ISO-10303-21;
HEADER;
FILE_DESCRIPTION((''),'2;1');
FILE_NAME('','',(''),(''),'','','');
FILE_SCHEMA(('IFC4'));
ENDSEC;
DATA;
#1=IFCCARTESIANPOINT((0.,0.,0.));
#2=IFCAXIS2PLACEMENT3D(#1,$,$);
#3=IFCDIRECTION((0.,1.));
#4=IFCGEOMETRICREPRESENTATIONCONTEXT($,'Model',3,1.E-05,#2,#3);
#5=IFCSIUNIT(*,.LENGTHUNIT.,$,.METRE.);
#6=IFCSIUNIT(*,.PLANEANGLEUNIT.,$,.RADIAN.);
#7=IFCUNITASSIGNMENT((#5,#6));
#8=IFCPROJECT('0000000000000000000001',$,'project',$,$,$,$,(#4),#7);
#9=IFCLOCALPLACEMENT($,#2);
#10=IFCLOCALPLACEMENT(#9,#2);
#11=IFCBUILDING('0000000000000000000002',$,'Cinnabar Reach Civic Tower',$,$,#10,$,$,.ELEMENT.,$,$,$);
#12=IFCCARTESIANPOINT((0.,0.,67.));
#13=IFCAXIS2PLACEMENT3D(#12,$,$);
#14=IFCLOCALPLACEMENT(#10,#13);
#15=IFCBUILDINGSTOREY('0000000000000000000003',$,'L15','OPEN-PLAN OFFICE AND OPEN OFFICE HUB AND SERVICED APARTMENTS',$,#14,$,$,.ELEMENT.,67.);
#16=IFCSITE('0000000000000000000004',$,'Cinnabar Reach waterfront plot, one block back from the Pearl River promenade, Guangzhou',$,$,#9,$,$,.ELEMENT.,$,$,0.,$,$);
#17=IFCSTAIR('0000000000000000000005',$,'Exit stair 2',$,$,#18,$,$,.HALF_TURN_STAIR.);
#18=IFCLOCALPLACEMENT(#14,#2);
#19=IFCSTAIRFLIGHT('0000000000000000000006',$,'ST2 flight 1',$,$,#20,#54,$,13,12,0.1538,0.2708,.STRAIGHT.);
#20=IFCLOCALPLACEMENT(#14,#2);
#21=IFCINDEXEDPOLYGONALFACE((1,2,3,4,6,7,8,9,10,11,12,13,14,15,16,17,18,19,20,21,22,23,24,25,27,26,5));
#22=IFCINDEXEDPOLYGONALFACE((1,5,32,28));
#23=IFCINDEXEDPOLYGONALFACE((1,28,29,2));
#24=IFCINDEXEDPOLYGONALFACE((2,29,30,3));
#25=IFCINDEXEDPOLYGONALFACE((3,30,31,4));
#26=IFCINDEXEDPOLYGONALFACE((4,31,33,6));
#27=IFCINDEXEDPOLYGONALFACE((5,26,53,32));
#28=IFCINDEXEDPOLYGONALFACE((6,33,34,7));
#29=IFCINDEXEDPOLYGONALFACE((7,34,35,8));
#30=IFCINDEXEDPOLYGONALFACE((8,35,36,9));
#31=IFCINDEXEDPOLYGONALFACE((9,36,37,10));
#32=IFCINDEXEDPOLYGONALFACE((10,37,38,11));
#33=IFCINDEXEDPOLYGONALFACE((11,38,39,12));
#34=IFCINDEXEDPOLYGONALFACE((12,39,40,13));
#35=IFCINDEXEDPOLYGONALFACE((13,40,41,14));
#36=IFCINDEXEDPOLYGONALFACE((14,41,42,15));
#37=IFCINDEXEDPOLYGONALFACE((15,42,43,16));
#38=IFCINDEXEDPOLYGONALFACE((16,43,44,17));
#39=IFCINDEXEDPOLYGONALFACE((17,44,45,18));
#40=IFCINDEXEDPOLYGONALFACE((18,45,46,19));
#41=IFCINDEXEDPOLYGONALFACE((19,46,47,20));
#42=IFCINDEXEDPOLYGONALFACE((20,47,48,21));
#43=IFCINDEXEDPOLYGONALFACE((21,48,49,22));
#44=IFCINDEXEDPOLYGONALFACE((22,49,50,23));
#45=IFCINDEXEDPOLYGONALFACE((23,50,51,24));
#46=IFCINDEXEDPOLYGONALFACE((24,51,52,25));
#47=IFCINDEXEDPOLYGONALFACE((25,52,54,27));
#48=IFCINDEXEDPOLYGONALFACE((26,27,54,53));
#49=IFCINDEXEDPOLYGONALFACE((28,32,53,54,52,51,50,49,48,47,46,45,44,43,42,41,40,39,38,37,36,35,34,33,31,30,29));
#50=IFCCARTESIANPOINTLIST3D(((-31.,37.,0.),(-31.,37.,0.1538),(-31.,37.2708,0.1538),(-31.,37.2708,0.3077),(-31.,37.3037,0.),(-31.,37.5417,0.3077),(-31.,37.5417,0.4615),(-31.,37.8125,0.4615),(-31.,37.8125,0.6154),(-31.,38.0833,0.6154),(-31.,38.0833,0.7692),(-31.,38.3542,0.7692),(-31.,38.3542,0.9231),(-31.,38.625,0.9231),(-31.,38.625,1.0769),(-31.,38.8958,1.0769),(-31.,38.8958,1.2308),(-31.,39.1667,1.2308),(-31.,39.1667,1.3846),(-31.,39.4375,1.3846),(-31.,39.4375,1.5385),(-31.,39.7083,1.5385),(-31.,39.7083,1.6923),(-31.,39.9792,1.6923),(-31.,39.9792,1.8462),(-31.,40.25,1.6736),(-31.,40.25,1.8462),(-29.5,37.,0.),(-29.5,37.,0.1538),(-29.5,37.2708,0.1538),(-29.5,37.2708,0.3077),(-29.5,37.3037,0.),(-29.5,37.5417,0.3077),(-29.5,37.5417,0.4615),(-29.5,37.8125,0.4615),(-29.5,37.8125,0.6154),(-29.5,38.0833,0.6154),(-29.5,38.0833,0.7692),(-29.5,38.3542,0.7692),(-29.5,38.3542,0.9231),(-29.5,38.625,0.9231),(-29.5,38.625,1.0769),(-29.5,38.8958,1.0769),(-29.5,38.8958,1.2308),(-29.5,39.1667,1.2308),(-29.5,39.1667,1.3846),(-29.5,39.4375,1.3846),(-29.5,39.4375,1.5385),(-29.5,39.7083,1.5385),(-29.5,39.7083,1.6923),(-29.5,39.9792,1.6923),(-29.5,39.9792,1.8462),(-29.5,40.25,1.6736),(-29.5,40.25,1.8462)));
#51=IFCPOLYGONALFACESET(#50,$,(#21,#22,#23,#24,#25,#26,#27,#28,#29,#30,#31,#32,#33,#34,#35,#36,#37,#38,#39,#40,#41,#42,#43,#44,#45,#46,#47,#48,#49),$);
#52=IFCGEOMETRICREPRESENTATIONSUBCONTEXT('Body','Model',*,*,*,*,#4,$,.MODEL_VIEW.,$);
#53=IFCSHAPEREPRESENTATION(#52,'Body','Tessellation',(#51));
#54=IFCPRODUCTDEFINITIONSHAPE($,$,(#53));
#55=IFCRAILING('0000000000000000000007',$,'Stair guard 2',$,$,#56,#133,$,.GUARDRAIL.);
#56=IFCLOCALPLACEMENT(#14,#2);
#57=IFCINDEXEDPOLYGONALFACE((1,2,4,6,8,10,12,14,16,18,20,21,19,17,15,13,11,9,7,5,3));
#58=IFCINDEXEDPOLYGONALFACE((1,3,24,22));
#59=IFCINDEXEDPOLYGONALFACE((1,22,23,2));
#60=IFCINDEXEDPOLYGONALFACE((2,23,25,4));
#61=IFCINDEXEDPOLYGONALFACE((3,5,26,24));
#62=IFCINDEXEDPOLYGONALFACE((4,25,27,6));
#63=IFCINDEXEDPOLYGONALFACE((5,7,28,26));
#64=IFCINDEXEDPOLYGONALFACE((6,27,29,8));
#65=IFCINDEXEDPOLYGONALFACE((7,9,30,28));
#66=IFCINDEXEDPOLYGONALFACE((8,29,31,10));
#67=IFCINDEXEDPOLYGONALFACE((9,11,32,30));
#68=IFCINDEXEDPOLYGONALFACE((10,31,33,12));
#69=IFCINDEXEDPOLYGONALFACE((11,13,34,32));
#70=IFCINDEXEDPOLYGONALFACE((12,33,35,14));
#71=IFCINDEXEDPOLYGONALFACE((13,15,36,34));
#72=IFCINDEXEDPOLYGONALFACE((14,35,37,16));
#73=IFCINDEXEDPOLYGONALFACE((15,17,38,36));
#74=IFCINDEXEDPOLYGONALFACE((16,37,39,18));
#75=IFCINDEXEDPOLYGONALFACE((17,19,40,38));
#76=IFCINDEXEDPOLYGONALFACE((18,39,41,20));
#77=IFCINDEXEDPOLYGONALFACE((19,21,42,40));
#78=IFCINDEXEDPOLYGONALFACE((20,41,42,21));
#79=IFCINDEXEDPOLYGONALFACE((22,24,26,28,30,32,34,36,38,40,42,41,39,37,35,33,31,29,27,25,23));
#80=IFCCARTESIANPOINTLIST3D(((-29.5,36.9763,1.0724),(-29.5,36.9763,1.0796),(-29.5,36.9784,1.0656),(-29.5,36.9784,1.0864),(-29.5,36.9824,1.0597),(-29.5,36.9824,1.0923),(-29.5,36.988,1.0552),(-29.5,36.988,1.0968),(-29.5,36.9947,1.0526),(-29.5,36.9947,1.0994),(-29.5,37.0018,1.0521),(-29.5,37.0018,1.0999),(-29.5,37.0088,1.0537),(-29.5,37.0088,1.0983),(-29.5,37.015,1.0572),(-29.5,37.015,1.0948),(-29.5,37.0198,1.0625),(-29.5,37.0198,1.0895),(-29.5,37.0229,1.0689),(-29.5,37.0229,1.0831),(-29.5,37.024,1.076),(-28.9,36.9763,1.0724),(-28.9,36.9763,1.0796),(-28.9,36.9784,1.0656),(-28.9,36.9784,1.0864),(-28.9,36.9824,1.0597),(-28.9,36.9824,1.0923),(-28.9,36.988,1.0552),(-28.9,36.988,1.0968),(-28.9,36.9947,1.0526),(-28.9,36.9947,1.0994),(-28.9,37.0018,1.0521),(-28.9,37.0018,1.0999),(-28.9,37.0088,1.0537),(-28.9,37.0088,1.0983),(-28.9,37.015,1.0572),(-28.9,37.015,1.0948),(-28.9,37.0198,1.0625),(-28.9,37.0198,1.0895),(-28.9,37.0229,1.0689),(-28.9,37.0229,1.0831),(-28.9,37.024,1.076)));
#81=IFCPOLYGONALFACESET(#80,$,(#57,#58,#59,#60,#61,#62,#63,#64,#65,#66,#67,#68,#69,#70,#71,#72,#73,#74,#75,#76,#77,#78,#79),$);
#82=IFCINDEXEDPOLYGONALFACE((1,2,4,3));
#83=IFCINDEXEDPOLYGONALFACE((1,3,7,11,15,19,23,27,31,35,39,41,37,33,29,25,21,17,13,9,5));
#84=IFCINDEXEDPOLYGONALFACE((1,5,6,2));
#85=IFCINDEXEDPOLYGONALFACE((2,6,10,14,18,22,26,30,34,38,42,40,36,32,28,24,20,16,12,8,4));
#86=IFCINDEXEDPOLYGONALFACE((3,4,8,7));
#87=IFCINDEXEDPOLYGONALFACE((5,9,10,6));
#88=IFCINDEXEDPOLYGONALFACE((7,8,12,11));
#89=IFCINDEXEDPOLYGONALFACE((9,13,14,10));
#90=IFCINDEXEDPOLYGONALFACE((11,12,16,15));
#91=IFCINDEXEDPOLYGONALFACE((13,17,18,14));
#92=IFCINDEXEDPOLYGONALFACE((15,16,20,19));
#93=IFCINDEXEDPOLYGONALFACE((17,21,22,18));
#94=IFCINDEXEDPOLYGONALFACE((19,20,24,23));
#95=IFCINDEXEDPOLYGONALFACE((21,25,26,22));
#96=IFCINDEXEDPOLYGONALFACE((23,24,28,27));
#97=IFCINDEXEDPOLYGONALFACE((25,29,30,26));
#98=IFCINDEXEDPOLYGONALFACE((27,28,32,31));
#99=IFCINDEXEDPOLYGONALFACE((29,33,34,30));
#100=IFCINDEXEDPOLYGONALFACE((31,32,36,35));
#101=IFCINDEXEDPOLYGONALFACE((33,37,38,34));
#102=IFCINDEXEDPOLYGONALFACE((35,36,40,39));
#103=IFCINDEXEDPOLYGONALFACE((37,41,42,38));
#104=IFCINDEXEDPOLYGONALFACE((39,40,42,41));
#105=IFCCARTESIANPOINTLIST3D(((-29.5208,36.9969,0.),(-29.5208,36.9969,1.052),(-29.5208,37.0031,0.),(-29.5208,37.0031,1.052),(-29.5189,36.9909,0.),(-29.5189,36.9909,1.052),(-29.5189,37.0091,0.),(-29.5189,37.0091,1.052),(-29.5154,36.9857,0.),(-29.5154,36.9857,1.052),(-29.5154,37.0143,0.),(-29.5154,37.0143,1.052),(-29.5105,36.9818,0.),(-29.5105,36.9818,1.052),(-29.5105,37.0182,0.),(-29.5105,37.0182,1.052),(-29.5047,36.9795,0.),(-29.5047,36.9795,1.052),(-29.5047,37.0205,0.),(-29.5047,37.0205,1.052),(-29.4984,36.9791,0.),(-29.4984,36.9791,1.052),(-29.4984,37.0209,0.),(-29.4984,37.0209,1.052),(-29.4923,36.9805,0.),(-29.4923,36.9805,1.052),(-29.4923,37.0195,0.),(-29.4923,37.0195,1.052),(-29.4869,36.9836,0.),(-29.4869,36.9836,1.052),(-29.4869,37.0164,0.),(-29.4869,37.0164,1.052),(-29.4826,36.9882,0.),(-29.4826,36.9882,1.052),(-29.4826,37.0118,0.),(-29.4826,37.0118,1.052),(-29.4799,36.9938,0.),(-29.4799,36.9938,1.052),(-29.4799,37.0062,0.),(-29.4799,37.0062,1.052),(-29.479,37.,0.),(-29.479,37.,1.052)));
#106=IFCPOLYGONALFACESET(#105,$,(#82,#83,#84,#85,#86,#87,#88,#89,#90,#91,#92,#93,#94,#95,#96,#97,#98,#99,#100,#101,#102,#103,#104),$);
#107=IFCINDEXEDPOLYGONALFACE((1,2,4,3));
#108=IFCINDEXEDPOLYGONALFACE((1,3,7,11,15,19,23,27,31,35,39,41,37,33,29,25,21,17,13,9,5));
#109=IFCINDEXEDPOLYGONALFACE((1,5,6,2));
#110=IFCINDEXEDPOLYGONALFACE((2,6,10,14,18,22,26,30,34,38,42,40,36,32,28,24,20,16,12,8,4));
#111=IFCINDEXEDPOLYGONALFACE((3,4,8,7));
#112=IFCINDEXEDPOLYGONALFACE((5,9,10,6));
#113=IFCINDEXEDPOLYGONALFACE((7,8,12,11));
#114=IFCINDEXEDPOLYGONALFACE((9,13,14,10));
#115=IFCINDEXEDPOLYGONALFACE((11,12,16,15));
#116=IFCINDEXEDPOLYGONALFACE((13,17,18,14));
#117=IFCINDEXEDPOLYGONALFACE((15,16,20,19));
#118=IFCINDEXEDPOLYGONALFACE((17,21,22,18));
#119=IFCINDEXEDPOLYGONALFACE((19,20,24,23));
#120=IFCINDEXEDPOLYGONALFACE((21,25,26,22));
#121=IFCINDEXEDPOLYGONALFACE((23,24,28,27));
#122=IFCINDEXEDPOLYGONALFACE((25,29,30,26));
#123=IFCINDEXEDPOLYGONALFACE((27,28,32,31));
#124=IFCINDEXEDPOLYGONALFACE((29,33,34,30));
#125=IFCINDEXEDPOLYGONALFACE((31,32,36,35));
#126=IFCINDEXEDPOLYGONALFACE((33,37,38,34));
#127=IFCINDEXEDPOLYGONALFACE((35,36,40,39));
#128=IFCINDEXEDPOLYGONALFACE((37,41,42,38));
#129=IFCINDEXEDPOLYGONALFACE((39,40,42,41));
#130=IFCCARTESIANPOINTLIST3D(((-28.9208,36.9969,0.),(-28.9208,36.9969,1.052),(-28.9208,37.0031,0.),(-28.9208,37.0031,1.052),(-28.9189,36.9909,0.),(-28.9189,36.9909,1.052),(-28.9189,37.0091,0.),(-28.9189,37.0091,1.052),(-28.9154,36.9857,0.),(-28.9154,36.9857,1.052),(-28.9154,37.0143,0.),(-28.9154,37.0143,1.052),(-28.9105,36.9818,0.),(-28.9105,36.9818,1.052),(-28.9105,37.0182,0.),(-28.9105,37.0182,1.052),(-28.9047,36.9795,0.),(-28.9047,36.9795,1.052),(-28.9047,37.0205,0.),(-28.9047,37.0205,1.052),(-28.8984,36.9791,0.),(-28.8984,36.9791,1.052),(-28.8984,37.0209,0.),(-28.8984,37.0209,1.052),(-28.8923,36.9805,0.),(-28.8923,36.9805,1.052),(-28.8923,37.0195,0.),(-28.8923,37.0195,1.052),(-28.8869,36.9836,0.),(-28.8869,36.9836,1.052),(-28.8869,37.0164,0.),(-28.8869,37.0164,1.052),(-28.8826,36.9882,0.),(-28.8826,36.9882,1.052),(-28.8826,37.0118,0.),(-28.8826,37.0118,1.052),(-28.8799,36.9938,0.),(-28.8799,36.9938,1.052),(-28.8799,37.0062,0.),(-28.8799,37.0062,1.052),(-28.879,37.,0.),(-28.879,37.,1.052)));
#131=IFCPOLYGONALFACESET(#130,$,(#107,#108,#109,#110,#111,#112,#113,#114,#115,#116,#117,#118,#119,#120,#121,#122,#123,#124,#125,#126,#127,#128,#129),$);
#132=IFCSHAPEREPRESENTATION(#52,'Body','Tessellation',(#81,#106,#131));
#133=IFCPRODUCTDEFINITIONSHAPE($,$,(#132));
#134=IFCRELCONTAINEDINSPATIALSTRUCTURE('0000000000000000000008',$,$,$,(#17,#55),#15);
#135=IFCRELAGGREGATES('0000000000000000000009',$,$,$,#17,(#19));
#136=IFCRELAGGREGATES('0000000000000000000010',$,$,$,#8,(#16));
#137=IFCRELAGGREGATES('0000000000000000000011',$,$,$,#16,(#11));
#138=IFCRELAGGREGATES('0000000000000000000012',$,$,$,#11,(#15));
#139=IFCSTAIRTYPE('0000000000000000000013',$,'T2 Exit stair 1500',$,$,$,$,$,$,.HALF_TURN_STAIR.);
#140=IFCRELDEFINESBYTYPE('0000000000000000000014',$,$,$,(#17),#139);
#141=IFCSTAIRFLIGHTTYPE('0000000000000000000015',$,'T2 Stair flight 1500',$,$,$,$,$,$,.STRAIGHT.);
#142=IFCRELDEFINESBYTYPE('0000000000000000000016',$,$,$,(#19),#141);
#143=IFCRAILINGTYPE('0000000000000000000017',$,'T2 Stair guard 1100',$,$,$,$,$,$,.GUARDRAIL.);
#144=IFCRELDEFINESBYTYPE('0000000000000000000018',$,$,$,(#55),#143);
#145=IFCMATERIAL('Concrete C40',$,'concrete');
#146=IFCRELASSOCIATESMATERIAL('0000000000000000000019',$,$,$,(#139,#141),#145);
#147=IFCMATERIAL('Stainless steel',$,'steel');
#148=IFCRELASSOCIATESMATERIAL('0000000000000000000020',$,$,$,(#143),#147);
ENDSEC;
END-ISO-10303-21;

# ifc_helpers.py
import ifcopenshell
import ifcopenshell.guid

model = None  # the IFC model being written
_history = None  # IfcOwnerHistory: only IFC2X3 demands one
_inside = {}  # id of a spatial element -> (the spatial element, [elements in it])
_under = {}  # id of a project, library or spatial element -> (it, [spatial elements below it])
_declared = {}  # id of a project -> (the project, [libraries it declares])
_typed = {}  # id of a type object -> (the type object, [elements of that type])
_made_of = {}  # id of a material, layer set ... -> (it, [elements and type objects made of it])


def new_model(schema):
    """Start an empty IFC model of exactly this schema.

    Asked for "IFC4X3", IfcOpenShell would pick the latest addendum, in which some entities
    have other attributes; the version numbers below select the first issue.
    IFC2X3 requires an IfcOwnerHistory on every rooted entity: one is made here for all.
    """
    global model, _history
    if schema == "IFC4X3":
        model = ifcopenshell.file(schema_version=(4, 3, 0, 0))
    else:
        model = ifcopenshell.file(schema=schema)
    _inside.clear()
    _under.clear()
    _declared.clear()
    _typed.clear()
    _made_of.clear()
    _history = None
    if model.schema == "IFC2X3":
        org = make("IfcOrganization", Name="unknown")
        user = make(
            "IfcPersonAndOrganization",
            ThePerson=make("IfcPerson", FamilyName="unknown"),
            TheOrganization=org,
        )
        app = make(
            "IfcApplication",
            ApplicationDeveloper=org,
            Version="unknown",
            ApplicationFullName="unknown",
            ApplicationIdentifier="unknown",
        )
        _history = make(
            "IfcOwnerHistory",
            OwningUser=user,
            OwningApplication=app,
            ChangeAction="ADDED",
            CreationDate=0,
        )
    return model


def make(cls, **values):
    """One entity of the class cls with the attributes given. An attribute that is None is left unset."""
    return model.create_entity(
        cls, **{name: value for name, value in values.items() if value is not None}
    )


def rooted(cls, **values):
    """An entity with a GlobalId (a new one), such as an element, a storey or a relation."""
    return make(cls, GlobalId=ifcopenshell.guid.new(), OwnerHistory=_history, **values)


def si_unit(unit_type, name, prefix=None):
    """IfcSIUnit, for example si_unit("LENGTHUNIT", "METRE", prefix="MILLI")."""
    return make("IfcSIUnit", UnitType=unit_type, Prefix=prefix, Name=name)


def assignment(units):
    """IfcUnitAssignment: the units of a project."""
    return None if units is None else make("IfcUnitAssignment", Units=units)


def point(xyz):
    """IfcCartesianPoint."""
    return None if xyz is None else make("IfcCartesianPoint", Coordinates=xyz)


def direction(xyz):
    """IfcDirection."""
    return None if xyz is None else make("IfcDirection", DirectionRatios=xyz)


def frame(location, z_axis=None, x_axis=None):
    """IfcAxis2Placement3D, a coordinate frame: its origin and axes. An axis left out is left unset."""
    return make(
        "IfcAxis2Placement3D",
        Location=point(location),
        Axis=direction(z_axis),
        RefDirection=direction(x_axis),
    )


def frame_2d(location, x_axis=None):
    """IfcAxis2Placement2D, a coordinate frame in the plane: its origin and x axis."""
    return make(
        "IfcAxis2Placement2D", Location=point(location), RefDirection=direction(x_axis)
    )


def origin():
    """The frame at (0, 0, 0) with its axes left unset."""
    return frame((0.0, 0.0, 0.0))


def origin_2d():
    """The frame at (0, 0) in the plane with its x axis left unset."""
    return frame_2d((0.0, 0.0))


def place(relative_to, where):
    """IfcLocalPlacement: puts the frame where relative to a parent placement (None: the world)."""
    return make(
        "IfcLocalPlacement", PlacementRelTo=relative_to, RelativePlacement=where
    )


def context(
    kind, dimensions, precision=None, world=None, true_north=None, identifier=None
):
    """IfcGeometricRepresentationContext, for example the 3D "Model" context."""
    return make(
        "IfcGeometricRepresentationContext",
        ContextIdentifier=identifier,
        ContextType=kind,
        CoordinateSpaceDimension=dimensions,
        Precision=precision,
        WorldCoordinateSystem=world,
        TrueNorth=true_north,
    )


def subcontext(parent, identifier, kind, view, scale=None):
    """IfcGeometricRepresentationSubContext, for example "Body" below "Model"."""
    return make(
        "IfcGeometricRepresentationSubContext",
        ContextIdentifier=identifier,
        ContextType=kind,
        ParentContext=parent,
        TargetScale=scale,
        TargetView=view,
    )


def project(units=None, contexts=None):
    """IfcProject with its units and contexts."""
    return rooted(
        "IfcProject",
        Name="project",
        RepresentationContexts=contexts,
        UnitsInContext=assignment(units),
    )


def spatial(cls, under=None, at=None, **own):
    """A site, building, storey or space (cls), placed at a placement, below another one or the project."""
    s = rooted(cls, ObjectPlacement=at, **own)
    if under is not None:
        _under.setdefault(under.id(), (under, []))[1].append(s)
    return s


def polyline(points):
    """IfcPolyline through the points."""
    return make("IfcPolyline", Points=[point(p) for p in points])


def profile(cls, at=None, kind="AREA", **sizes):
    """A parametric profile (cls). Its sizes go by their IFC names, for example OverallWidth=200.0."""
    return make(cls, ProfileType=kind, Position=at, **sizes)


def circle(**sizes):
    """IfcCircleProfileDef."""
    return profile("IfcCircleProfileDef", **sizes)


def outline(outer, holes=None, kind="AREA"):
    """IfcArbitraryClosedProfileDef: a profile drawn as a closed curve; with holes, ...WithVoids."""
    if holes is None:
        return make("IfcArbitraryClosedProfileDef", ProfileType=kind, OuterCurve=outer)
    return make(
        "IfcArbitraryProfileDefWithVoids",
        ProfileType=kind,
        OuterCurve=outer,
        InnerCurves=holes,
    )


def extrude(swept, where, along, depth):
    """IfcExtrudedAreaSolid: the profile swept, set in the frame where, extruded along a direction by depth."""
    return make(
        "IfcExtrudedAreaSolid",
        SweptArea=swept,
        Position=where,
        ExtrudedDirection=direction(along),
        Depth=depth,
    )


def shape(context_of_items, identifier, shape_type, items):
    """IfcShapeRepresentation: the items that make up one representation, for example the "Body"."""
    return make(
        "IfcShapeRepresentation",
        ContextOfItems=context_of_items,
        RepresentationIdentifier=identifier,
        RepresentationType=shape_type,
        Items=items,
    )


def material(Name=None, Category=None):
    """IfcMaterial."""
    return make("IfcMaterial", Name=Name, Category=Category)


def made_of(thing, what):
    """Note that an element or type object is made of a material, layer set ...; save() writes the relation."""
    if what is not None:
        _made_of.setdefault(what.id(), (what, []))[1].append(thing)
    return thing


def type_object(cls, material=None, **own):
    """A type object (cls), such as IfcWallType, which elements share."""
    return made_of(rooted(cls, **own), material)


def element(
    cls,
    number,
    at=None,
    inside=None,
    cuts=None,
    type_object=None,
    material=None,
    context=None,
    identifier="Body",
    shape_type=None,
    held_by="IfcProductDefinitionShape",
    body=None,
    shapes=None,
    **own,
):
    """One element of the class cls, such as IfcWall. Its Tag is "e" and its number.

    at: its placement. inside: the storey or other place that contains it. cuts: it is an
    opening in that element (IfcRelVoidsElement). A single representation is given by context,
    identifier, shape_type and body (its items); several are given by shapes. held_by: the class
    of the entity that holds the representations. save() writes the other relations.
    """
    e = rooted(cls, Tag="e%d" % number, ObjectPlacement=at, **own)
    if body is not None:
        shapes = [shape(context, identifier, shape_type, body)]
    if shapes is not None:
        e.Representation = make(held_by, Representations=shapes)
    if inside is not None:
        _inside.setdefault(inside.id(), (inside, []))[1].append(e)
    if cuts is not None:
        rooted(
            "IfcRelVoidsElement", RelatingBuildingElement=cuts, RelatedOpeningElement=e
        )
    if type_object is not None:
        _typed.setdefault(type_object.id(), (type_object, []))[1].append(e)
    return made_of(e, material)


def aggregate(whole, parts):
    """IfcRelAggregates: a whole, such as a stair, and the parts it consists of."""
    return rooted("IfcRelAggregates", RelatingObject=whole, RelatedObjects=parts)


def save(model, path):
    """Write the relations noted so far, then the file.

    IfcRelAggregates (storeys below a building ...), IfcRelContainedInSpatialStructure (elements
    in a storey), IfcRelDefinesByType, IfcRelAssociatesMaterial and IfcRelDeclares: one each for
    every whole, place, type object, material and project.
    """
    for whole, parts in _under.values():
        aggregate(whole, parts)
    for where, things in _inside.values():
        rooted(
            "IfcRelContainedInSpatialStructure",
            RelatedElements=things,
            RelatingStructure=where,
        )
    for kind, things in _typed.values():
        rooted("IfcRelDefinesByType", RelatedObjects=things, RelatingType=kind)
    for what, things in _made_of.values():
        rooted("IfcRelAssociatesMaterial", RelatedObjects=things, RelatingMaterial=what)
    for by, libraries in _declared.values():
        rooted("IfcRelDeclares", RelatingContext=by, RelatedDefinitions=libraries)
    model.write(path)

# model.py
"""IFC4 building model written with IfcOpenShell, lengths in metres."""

from ifc_helpers import new_model, si_unit, direction, frame, origin, origin_2d, place, context, subcontext, project, spatial, polyline, circle, outline, extrude, material, type_object, element, aggregate, save


model = new_model("IFC4")

# Units and contexts
model_context = context("Model", 3, precision=1e-05, world=origin(), true_north=direction((0.0, 1.0)))
body_context = subcontext(model_context, "Body", "Model", "MODEL_VIEW")
ifc_project = project(units=[si_unit("LENGTHUNIT", "METRE"), si_unit("PLANEANGLEUNIT", "RADIAN")], contexts=[model_context])

# Site, building, storey
site_placement = place(None, origin())
site = spatial("IfcSite", under=ifc_project, at=site_placement, Name="Cinnabar Reach waterfront plot, one block back from the Pearl River promenade, Guangzhou", CompositionType="ELEMENT", RefElevation=0.0)
building_placement = place(site_placement, origin())
building = spatial("IfcBuilding", under=site, at=building_placement, Name="Cinnabar Reach Civic Tower", CompositionType="ELEMENT")
storey_placement = place(building_placement, frame((0.0, 0.0, 67.0)))
storey = spatial("IfcBuildingStorey", under=building, at=storey_placement, Name="L15", Description="OPEN-PLAN OFFICE AND OPEN OFFICE HUB AND SERVICED APARTMENTS", CompositionType="ELEMENT", Elevation=67.0)

# Shared definitions
ifc_material_1 = material(Name="Concrete C40", Category="concrete")

# Stair, stair flight
stair_type = type_object("IfcStairType", Name="T2 Exit stair 1500", PredefinedType="HALF_TURN_STAIR", material=ifc_material_1)
stair_placement = place(storey_placement, origin())
stair = element("IfcStair", 1, at=stair_placement, inside=storey, type_object=stair_type, Name="Exit stair 2", PredefinedType="HALF_TURN_STAIR")
stair_flight_type = type_object("IfcStairFlightType", Name="T2 Stair flight 1500", PredefinedType="STRAIGHT", material=ifc_material_1)
stair_flight_placement = place(storey_placement, frame((-30.25, 37.0, 0.0), z_axis=(0.0, 0.0, 1.0), x_axis=(0.0, 1.0, 0.0)))
stair_flight = element("IfcStairFlight", 2, at=stair_flight_placement, type_object=stair_flight_type, Name="ST2 flight 1", NumberOfRisers=13, NumberOfTreads=12, PredefinedType="STRAIGHT", RiserHeight=0.1538, TreadLength=0.2708, context=body_context, shape_type="SweptSolid", body=[
    extrude(outline(polyline([(0.0, 0.0), (0.0, 0.1538), (0.2708, 0.1538), (0.2708, 0.3077), (0.5417, 0.3077), (0.5417, 0.4615), (0.8125, 0.4615), (0.8125, 0.6154), (1.0833, 0.6154), (1.0833, 0.7692), (1.3542, 0.7692), (1.3542, 0.9231), (1.625, 0.9231), (1.625, 1.0769), (1.8958, 1.0769), (1.8958, 1.2308), (2.1667, 1.2308), (2.1667, 1.3846), (2.4375, 1.3846), (2.4375, 1.5385), (2.7083, 1.5385), (2.7083, 1.6923), (2.9792, 1.6923), (2.9792, 1.8462), (3.25, 1.8462), (3.25, 2.0), (3.25, 1.6736), (0.3037, 0.0), (0.0, 0.0)])), frame((0.0, 0.75, 0.0), z_axis=(0.0, -1.0, 0.0), x_axis=(1.0, 0.0, 0.0)), (0.0, 0.0, 1.0), 1.5),
])
aggregate(stair, [stair_flight])

# Railing
ifc_material_2 = material(Name="Stainless steel", Category="steel")
railing_type = type_object("IfcRailingType", Name="T2 Stair guard 1100", PredefinedType="GUARDRAIL", material=ifc_material_2)
railing_1_placement = place(storey_placement, frame((-29.5, 37.0, 0.0)))
element("IfcRailing", 3, at=railing_1_placement, inside=storey, type_object=railing_type, Name="Stair guard 2", PredefinedType="GUARDRAIL", context=body_context, shape_type="SweptSolid", body=[
    extrude(circle(Radius=0.024, at=origin_2d()), frame((0.0, 0.0, 1.076), z_axis=(1.0, 0.0, 0.0), x_axis=(0.0, 1.0, 0.0)), (0.0, 0.0, 1.0), 0.6),
    extrude(circle(Radius=0.021, at=origin_2d()), origin(), (0.0, 0.0, 1.0), 1.052),
    extrude(circle(Radius=0.021, at=origin_2d()), frame((0.6, 0.0, 0.0)), (0.0, 0.0, 1.0), 1.052),
])

save(model, "model.ifc")
